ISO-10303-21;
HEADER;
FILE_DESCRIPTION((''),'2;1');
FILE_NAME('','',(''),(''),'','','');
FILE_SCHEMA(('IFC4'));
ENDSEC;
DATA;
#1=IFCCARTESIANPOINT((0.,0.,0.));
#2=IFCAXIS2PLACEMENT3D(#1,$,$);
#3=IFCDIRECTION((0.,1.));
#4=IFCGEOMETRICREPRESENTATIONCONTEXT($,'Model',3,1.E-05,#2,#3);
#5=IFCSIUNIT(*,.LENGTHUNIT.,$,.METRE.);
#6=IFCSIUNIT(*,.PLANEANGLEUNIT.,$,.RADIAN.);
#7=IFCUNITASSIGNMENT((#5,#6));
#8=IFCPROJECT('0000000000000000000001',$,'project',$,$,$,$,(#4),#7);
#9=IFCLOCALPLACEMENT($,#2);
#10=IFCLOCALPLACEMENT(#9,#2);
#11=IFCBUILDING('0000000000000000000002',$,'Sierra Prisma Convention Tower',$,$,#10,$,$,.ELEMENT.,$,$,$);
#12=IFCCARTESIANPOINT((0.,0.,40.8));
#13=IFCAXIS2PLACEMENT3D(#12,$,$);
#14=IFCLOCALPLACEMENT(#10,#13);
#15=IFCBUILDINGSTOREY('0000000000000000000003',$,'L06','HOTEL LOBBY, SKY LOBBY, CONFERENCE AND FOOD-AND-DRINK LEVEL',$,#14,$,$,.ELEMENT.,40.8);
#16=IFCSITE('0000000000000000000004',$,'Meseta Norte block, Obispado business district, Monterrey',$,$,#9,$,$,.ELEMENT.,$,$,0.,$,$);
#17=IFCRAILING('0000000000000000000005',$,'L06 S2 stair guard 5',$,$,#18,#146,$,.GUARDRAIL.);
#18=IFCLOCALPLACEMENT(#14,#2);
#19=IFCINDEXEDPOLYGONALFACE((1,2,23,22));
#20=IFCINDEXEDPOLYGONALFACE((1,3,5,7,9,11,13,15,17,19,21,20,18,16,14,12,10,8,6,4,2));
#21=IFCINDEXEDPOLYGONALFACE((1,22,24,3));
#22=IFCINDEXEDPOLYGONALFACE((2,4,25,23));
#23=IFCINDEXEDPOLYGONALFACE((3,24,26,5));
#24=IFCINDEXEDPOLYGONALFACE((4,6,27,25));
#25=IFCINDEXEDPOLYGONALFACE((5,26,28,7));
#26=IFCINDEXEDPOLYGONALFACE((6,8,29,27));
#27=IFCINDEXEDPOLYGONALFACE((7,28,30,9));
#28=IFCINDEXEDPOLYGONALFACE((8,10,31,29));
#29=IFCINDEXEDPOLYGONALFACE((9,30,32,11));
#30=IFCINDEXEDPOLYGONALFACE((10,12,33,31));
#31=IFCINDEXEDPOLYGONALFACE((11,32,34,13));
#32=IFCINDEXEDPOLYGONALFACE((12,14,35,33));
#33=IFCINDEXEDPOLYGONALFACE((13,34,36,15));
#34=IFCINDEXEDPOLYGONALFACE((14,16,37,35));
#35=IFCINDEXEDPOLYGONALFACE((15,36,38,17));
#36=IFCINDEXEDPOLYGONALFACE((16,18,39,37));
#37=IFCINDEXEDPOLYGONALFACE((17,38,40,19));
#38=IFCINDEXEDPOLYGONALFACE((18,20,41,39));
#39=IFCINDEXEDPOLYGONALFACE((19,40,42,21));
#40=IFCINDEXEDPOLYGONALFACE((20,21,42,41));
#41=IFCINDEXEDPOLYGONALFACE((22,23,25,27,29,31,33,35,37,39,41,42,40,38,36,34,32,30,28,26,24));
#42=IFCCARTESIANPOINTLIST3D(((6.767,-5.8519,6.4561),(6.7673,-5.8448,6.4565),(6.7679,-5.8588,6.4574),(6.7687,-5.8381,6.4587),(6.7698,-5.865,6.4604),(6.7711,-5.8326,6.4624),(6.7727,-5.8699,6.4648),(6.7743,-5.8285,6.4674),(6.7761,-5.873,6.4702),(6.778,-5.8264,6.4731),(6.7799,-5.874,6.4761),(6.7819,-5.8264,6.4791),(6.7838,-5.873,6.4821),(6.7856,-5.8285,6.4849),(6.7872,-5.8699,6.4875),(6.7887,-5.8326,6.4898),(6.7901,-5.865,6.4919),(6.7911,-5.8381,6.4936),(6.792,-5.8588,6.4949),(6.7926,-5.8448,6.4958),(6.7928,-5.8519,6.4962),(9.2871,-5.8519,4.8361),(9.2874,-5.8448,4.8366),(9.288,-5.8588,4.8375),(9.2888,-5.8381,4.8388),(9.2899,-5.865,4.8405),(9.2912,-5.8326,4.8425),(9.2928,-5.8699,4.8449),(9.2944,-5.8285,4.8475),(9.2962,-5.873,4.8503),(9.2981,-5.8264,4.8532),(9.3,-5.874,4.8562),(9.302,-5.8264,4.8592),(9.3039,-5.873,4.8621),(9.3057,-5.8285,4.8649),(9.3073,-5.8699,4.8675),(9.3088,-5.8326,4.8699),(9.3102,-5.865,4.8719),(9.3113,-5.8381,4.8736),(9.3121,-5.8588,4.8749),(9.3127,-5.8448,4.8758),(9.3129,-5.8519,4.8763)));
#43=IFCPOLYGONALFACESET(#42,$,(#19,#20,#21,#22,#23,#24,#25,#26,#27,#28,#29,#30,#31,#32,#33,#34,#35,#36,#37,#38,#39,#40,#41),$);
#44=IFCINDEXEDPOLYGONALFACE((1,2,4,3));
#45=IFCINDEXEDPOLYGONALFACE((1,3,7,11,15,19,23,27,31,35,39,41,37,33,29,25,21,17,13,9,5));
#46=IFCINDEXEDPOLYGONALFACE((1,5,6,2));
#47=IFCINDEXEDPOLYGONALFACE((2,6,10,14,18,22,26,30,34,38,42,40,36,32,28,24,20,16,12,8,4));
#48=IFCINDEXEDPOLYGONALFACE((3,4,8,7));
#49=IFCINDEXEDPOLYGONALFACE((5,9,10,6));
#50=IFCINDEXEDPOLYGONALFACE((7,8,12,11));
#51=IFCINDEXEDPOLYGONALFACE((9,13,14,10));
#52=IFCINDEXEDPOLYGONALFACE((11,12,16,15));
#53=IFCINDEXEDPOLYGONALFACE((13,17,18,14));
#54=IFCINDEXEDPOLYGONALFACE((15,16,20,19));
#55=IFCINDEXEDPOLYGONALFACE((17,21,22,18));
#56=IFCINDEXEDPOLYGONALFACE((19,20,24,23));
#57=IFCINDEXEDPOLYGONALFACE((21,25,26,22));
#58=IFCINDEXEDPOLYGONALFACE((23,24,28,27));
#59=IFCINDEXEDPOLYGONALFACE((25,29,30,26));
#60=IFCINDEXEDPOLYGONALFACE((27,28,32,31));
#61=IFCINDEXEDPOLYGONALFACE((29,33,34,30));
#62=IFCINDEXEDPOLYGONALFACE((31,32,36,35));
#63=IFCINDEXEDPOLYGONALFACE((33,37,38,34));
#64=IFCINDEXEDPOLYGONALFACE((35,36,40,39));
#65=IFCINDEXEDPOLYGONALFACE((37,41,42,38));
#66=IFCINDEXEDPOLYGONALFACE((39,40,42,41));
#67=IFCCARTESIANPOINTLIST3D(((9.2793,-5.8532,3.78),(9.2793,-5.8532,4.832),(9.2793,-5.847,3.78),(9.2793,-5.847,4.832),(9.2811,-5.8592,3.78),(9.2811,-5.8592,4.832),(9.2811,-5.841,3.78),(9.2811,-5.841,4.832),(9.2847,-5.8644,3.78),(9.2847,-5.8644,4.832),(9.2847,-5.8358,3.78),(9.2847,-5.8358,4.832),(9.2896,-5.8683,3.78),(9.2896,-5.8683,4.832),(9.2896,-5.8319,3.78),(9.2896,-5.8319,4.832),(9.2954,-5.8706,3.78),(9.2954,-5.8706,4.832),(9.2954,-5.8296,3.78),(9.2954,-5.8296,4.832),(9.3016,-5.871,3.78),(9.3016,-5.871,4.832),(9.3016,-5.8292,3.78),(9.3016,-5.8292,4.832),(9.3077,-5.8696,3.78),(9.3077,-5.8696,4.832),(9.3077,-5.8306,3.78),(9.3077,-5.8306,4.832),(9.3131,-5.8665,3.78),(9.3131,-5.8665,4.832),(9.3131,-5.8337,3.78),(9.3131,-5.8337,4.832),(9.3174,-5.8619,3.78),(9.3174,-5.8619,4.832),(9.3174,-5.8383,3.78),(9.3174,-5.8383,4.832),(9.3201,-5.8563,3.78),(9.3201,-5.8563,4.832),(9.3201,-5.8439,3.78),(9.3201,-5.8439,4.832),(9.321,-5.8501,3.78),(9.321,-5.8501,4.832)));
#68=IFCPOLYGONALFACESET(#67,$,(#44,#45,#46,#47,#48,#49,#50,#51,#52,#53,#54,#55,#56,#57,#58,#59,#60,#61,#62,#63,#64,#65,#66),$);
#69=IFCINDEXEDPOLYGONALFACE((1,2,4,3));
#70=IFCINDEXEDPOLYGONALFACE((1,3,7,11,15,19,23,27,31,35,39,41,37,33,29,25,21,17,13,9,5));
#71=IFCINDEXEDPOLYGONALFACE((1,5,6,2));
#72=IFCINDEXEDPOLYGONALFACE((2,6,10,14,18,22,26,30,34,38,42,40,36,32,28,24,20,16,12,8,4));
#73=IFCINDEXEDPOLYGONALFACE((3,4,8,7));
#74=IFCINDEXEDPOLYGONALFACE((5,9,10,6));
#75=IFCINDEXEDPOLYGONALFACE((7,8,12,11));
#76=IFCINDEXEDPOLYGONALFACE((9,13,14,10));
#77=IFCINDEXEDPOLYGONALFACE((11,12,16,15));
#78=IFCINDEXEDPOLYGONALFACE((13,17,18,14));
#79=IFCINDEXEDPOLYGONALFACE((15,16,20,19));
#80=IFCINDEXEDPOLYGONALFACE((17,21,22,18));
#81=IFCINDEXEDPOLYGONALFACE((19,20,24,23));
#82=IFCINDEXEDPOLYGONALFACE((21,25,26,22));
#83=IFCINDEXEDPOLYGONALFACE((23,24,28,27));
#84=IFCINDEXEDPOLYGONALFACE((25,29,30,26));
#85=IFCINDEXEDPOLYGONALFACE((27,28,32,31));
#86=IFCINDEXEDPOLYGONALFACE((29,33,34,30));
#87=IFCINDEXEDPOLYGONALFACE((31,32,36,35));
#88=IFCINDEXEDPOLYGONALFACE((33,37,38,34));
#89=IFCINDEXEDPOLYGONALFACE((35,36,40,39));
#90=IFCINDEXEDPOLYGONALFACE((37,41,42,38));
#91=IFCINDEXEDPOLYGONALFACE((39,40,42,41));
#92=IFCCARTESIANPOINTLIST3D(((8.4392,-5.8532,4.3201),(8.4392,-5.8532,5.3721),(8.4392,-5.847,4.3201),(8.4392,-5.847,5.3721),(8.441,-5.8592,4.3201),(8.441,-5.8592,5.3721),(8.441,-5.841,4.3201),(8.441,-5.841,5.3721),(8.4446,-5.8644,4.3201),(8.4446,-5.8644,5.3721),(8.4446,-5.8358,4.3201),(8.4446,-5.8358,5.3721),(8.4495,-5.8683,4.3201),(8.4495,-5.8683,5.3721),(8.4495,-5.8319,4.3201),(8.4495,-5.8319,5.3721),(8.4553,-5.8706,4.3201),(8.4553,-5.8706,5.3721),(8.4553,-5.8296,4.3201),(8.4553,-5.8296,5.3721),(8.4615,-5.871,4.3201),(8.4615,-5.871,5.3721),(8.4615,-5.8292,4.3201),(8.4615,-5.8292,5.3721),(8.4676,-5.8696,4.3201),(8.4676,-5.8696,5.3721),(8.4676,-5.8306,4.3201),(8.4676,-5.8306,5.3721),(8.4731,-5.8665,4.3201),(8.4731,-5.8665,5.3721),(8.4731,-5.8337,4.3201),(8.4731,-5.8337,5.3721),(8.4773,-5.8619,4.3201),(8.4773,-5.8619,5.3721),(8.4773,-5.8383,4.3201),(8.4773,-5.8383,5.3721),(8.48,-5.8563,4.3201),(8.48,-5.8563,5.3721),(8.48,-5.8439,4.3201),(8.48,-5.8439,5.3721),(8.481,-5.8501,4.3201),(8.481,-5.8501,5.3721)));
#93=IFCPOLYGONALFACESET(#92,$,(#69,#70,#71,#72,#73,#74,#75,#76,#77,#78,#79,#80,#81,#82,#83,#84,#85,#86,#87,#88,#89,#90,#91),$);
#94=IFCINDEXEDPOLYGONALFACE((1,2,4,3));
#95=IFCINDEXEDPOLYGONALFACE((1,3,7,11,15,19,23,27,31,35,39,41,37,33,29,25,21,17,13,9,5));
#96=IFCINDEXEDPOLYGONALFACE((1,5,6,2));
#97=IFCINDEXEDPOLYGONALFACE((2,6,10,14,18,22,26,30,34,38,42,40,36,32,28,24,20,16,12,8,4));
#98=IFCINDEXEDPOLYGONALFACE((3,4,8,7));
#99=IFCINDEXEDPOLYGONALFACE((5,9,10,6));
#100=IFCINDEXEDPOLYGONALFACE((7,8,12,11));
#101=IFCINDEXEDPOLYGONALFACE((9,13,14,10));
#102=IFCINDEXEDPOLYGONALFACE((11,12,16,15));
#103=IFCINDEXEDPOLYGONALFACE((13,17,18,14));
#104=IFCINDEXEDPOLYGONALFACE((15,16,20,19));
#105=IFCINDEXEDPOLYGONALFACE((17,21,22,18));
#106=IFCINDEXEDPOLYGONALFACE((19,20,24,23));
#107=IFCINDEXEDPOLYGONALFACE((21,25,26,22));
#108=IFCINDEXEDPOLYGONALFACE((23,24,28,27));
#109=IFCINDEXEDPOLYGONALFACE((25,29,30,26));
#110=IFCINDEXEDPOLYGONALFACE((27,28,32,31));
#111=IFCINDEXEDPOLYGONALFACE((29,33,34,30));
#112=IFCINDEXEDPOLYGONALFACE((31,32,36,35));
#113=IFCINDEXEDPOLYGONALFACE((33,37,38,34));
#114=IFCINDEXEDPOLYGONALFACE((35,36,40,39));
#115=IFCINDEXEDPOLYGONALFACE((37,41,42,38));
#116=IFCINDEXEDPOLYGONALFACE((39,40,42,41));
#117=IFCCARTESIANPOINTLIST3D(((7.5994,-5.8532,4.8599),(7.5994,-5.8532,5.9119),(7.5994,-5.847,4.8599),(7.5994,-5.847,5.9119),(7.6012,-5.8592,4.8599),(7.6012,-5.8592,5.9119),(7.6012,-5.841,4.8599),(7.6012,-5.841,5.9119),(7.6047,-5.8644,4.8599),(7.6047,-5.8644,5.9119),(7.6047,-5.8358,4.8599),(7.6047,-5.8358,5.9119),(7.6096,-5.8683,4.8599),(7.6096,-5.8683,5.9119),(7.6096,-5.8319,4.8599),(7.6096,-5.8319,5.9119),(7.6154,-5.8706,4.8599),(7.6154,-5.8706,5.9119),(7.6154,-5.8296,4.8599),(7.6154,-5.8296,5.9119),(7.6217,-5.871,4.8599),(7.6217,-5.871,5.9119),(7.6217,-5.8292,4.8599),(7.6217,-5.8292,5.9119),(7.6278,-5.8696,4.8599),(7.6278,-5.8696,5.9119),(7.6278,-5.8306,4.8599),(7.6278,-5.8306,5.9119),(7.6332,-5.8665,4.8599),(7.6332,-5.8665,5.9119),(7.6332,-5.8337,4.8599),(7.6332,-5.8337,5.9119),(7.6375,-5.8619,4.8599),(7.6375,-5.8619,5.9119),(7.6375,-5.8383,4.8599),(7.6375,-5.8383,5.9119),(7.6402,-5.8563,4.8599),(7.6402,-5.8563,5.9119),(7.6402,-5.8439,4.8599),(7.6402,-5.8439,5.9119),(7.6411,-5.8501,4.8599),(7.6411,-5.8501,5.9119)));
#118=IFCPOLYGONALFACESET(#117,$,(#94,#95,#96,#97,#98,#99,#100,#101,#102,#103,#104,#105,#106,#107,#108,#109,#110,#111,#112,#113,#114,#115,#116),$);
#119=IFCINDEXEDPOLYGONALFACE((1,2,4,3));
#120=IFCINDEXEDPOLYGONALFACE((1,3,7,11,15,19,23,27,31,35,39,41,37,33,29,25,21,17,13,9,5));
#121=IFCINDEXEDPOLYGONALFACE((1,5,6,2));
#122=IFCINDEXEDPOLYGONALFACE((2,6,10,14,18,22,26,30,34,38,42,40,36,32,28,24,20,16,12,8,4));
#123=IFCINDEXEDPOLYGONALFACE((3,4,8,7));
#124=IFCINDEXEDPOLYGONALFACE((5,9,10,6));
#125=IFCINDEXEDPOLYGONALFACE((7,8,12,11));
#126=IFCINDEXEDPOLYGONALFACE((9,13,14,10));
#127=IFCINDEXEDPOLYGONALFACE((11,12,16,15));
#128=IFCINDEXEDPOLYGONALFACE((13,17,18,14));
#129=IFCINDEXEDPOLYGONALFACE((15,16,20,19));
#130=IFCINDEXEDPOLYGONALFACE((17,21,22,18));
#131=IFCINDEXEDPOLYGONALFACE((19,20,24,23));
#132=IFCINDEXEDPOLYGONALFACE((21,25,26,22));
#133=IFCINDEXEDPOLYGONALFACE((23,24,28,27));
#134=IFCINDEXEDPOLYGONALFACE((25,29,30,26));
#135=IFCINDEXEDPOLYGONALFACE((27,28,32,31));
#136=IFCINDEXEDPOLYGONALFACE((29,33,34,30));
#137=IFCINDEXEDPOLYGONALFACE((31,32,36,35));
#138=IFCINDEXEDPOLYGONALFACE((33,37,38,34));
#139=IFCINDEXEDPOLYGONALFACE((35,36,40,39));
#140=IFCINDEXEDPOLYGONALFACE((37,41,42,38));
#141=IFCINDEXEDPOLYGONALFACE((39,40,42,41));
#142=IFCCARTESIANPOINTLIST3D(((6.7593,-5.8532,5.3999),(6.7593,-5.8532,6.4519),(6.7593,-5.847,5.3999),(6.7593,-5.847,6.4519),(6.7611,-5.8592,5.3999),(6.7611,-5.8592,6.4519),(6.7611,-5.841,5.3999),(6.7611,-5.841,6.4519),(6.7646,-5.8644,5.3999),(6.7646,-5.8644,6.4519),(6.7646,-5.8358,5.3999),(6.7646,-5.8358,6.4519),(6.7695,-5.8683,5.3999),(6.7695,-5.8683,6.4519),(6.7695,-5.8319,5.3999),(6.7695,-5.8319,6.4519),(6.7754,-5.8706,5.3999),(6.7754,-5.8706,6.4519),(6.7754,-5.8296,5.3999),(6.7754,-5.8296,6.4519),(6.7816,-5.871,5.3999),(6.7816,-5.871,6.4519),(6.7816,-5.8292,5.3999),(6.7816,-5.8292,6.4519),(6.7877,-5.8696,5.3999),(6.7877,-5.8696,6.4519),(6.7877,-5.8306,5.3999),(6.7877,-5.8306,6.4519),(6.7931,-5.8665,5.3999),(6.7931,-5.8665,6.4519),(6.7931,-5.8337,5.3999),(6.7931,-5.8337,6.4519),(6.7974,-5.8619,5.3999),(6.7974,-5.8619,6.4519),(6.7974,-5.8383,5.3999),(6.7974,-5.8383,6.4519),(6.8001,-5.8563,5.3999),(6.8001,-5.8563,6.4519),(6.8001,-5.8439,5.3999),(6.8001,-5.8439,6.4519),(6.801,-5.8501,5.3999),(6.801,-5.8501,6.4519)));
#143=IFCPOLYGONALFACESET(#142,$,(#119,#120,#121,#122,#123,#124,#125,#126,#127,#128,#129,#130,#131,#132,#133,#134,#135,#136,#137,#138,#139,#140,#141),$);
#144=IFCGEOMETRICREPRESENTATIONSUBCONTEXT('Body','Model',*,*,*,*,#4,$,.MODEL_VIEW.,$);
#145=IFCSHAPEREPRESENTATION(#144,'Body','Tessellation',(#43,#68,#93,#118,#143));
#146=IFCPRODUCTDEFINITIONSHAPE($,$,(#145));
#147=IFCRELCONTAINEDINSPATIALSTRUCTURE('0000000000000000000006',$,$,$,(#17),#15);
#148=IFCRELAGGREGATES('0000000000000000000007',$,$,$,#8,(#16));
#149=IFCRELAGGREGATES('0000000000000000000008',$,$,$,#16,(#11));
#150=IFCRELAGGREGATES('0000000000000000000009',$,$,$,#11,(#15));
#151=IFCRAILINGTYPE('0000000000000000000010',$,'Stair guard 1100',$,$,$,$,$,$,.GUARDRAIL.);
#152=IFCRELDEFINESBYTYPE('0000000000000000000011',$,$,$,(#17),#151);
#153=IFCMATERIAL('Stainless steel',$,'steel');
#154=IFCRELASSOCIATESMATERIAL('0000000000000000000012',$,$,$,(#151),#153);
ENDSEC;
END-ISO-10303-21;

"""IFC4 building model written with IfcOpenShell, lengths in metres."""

from ifc_helpers import new_model, si_unit, direction, frame, origin, origin_2d, place, context, subcontext, project, spatial, circle, extrude, material, type_object, element, save


model = new_model("IFC4")

# Units and contexts
model_context = context("Model", 3, precision=1e-05, world=origin(), true_north=direction((0.0, 1.0)))
body_context = subcontext(model_context, "Body", "Model", "MODEL_VIEW")
ifc_project = project(units=[si_unit("LENGTHUNIT", "METRE"), si_unit("PLANEANGLEUNIT", "RADIAN")], contexts=[model_context])

# Site, building, storey
site_placement = place(None, origin())
site = spatial("IfcSite", under=ifc_project, at=site_placement, Name="Meseta Norte block, Obispado business district, Monterrey", CompositionType="ELEMENT", RefElevation=0.0)
building_placement = place(site_placement, origin())
building = spatial("IfcBuilding", under=site, at=building_placement, Name="Sierra Prisma Convention Tower", CompositionType="ELEMENT")
storey_placement = place(building_placement, frame((0.0, 0.0, 40.8)))
storey = spatial("IfcBuildingStorey", under=building, at=storey_placement, Name="L06", Description="HOTEL LOBBY, SKY LOBBY, CONFERENCE AND FOOD-AND-DRINK LEVEL", CompositionType="ELEMENT", Elevation=40.8)

# Railing
ifc_material_1 = material(Name="Stainless steel", Category="steel")
railing_type_1 = type_object("IfcRailingType", Name="Stair guard 1100", PredefinedType="GUARDRAIL", material=ifc_material_1)
railing_1_placement = place(storey_placement, frame((9.3, -5.8501, 3.78)))
element("IfcRailing", 1, at=railing_1_placement, inside=storey, type_object=railing_type_1, Name="L06 S2 stair guard 5", PredefinedType="GUARDRAIL", context=body_context, shape_type="SweptSolid", body=[
    extrude(circle(Radius=0.0239, at=origin_2d()), frame((0.0, 0.0, 1.0762), z_axis=(-0.8412, 0.0, 0.540725), x_axis=(0.0, -1.0, 0.0)), (0.0, 0.0, 1.0), 2.9958),
    extrude(circle(Radius=0.021, at=origin_2d()), origin(), (0.0, 0.0, 1.0), 1.052),
    extrude(circle(Radius=0.021, at=origin_2d()), frame((-0.8401, 0.0, 0.54)), (0.0, 0.0, 1.0), 1.052),
    extrude(circle(Radius=0.021, at=origin_2d()), frame((-1.6799, 0.0, 1.0798)), (0.0, 0.0, 1.0), 1.052),
    extrude(circle(Radius=0.021, at=origin_2d()), frame((-2.52, 0.0, 1.6199)), (0.0, 0.0, 1.0), 1.052),
])

save(model, "model.ifc")
